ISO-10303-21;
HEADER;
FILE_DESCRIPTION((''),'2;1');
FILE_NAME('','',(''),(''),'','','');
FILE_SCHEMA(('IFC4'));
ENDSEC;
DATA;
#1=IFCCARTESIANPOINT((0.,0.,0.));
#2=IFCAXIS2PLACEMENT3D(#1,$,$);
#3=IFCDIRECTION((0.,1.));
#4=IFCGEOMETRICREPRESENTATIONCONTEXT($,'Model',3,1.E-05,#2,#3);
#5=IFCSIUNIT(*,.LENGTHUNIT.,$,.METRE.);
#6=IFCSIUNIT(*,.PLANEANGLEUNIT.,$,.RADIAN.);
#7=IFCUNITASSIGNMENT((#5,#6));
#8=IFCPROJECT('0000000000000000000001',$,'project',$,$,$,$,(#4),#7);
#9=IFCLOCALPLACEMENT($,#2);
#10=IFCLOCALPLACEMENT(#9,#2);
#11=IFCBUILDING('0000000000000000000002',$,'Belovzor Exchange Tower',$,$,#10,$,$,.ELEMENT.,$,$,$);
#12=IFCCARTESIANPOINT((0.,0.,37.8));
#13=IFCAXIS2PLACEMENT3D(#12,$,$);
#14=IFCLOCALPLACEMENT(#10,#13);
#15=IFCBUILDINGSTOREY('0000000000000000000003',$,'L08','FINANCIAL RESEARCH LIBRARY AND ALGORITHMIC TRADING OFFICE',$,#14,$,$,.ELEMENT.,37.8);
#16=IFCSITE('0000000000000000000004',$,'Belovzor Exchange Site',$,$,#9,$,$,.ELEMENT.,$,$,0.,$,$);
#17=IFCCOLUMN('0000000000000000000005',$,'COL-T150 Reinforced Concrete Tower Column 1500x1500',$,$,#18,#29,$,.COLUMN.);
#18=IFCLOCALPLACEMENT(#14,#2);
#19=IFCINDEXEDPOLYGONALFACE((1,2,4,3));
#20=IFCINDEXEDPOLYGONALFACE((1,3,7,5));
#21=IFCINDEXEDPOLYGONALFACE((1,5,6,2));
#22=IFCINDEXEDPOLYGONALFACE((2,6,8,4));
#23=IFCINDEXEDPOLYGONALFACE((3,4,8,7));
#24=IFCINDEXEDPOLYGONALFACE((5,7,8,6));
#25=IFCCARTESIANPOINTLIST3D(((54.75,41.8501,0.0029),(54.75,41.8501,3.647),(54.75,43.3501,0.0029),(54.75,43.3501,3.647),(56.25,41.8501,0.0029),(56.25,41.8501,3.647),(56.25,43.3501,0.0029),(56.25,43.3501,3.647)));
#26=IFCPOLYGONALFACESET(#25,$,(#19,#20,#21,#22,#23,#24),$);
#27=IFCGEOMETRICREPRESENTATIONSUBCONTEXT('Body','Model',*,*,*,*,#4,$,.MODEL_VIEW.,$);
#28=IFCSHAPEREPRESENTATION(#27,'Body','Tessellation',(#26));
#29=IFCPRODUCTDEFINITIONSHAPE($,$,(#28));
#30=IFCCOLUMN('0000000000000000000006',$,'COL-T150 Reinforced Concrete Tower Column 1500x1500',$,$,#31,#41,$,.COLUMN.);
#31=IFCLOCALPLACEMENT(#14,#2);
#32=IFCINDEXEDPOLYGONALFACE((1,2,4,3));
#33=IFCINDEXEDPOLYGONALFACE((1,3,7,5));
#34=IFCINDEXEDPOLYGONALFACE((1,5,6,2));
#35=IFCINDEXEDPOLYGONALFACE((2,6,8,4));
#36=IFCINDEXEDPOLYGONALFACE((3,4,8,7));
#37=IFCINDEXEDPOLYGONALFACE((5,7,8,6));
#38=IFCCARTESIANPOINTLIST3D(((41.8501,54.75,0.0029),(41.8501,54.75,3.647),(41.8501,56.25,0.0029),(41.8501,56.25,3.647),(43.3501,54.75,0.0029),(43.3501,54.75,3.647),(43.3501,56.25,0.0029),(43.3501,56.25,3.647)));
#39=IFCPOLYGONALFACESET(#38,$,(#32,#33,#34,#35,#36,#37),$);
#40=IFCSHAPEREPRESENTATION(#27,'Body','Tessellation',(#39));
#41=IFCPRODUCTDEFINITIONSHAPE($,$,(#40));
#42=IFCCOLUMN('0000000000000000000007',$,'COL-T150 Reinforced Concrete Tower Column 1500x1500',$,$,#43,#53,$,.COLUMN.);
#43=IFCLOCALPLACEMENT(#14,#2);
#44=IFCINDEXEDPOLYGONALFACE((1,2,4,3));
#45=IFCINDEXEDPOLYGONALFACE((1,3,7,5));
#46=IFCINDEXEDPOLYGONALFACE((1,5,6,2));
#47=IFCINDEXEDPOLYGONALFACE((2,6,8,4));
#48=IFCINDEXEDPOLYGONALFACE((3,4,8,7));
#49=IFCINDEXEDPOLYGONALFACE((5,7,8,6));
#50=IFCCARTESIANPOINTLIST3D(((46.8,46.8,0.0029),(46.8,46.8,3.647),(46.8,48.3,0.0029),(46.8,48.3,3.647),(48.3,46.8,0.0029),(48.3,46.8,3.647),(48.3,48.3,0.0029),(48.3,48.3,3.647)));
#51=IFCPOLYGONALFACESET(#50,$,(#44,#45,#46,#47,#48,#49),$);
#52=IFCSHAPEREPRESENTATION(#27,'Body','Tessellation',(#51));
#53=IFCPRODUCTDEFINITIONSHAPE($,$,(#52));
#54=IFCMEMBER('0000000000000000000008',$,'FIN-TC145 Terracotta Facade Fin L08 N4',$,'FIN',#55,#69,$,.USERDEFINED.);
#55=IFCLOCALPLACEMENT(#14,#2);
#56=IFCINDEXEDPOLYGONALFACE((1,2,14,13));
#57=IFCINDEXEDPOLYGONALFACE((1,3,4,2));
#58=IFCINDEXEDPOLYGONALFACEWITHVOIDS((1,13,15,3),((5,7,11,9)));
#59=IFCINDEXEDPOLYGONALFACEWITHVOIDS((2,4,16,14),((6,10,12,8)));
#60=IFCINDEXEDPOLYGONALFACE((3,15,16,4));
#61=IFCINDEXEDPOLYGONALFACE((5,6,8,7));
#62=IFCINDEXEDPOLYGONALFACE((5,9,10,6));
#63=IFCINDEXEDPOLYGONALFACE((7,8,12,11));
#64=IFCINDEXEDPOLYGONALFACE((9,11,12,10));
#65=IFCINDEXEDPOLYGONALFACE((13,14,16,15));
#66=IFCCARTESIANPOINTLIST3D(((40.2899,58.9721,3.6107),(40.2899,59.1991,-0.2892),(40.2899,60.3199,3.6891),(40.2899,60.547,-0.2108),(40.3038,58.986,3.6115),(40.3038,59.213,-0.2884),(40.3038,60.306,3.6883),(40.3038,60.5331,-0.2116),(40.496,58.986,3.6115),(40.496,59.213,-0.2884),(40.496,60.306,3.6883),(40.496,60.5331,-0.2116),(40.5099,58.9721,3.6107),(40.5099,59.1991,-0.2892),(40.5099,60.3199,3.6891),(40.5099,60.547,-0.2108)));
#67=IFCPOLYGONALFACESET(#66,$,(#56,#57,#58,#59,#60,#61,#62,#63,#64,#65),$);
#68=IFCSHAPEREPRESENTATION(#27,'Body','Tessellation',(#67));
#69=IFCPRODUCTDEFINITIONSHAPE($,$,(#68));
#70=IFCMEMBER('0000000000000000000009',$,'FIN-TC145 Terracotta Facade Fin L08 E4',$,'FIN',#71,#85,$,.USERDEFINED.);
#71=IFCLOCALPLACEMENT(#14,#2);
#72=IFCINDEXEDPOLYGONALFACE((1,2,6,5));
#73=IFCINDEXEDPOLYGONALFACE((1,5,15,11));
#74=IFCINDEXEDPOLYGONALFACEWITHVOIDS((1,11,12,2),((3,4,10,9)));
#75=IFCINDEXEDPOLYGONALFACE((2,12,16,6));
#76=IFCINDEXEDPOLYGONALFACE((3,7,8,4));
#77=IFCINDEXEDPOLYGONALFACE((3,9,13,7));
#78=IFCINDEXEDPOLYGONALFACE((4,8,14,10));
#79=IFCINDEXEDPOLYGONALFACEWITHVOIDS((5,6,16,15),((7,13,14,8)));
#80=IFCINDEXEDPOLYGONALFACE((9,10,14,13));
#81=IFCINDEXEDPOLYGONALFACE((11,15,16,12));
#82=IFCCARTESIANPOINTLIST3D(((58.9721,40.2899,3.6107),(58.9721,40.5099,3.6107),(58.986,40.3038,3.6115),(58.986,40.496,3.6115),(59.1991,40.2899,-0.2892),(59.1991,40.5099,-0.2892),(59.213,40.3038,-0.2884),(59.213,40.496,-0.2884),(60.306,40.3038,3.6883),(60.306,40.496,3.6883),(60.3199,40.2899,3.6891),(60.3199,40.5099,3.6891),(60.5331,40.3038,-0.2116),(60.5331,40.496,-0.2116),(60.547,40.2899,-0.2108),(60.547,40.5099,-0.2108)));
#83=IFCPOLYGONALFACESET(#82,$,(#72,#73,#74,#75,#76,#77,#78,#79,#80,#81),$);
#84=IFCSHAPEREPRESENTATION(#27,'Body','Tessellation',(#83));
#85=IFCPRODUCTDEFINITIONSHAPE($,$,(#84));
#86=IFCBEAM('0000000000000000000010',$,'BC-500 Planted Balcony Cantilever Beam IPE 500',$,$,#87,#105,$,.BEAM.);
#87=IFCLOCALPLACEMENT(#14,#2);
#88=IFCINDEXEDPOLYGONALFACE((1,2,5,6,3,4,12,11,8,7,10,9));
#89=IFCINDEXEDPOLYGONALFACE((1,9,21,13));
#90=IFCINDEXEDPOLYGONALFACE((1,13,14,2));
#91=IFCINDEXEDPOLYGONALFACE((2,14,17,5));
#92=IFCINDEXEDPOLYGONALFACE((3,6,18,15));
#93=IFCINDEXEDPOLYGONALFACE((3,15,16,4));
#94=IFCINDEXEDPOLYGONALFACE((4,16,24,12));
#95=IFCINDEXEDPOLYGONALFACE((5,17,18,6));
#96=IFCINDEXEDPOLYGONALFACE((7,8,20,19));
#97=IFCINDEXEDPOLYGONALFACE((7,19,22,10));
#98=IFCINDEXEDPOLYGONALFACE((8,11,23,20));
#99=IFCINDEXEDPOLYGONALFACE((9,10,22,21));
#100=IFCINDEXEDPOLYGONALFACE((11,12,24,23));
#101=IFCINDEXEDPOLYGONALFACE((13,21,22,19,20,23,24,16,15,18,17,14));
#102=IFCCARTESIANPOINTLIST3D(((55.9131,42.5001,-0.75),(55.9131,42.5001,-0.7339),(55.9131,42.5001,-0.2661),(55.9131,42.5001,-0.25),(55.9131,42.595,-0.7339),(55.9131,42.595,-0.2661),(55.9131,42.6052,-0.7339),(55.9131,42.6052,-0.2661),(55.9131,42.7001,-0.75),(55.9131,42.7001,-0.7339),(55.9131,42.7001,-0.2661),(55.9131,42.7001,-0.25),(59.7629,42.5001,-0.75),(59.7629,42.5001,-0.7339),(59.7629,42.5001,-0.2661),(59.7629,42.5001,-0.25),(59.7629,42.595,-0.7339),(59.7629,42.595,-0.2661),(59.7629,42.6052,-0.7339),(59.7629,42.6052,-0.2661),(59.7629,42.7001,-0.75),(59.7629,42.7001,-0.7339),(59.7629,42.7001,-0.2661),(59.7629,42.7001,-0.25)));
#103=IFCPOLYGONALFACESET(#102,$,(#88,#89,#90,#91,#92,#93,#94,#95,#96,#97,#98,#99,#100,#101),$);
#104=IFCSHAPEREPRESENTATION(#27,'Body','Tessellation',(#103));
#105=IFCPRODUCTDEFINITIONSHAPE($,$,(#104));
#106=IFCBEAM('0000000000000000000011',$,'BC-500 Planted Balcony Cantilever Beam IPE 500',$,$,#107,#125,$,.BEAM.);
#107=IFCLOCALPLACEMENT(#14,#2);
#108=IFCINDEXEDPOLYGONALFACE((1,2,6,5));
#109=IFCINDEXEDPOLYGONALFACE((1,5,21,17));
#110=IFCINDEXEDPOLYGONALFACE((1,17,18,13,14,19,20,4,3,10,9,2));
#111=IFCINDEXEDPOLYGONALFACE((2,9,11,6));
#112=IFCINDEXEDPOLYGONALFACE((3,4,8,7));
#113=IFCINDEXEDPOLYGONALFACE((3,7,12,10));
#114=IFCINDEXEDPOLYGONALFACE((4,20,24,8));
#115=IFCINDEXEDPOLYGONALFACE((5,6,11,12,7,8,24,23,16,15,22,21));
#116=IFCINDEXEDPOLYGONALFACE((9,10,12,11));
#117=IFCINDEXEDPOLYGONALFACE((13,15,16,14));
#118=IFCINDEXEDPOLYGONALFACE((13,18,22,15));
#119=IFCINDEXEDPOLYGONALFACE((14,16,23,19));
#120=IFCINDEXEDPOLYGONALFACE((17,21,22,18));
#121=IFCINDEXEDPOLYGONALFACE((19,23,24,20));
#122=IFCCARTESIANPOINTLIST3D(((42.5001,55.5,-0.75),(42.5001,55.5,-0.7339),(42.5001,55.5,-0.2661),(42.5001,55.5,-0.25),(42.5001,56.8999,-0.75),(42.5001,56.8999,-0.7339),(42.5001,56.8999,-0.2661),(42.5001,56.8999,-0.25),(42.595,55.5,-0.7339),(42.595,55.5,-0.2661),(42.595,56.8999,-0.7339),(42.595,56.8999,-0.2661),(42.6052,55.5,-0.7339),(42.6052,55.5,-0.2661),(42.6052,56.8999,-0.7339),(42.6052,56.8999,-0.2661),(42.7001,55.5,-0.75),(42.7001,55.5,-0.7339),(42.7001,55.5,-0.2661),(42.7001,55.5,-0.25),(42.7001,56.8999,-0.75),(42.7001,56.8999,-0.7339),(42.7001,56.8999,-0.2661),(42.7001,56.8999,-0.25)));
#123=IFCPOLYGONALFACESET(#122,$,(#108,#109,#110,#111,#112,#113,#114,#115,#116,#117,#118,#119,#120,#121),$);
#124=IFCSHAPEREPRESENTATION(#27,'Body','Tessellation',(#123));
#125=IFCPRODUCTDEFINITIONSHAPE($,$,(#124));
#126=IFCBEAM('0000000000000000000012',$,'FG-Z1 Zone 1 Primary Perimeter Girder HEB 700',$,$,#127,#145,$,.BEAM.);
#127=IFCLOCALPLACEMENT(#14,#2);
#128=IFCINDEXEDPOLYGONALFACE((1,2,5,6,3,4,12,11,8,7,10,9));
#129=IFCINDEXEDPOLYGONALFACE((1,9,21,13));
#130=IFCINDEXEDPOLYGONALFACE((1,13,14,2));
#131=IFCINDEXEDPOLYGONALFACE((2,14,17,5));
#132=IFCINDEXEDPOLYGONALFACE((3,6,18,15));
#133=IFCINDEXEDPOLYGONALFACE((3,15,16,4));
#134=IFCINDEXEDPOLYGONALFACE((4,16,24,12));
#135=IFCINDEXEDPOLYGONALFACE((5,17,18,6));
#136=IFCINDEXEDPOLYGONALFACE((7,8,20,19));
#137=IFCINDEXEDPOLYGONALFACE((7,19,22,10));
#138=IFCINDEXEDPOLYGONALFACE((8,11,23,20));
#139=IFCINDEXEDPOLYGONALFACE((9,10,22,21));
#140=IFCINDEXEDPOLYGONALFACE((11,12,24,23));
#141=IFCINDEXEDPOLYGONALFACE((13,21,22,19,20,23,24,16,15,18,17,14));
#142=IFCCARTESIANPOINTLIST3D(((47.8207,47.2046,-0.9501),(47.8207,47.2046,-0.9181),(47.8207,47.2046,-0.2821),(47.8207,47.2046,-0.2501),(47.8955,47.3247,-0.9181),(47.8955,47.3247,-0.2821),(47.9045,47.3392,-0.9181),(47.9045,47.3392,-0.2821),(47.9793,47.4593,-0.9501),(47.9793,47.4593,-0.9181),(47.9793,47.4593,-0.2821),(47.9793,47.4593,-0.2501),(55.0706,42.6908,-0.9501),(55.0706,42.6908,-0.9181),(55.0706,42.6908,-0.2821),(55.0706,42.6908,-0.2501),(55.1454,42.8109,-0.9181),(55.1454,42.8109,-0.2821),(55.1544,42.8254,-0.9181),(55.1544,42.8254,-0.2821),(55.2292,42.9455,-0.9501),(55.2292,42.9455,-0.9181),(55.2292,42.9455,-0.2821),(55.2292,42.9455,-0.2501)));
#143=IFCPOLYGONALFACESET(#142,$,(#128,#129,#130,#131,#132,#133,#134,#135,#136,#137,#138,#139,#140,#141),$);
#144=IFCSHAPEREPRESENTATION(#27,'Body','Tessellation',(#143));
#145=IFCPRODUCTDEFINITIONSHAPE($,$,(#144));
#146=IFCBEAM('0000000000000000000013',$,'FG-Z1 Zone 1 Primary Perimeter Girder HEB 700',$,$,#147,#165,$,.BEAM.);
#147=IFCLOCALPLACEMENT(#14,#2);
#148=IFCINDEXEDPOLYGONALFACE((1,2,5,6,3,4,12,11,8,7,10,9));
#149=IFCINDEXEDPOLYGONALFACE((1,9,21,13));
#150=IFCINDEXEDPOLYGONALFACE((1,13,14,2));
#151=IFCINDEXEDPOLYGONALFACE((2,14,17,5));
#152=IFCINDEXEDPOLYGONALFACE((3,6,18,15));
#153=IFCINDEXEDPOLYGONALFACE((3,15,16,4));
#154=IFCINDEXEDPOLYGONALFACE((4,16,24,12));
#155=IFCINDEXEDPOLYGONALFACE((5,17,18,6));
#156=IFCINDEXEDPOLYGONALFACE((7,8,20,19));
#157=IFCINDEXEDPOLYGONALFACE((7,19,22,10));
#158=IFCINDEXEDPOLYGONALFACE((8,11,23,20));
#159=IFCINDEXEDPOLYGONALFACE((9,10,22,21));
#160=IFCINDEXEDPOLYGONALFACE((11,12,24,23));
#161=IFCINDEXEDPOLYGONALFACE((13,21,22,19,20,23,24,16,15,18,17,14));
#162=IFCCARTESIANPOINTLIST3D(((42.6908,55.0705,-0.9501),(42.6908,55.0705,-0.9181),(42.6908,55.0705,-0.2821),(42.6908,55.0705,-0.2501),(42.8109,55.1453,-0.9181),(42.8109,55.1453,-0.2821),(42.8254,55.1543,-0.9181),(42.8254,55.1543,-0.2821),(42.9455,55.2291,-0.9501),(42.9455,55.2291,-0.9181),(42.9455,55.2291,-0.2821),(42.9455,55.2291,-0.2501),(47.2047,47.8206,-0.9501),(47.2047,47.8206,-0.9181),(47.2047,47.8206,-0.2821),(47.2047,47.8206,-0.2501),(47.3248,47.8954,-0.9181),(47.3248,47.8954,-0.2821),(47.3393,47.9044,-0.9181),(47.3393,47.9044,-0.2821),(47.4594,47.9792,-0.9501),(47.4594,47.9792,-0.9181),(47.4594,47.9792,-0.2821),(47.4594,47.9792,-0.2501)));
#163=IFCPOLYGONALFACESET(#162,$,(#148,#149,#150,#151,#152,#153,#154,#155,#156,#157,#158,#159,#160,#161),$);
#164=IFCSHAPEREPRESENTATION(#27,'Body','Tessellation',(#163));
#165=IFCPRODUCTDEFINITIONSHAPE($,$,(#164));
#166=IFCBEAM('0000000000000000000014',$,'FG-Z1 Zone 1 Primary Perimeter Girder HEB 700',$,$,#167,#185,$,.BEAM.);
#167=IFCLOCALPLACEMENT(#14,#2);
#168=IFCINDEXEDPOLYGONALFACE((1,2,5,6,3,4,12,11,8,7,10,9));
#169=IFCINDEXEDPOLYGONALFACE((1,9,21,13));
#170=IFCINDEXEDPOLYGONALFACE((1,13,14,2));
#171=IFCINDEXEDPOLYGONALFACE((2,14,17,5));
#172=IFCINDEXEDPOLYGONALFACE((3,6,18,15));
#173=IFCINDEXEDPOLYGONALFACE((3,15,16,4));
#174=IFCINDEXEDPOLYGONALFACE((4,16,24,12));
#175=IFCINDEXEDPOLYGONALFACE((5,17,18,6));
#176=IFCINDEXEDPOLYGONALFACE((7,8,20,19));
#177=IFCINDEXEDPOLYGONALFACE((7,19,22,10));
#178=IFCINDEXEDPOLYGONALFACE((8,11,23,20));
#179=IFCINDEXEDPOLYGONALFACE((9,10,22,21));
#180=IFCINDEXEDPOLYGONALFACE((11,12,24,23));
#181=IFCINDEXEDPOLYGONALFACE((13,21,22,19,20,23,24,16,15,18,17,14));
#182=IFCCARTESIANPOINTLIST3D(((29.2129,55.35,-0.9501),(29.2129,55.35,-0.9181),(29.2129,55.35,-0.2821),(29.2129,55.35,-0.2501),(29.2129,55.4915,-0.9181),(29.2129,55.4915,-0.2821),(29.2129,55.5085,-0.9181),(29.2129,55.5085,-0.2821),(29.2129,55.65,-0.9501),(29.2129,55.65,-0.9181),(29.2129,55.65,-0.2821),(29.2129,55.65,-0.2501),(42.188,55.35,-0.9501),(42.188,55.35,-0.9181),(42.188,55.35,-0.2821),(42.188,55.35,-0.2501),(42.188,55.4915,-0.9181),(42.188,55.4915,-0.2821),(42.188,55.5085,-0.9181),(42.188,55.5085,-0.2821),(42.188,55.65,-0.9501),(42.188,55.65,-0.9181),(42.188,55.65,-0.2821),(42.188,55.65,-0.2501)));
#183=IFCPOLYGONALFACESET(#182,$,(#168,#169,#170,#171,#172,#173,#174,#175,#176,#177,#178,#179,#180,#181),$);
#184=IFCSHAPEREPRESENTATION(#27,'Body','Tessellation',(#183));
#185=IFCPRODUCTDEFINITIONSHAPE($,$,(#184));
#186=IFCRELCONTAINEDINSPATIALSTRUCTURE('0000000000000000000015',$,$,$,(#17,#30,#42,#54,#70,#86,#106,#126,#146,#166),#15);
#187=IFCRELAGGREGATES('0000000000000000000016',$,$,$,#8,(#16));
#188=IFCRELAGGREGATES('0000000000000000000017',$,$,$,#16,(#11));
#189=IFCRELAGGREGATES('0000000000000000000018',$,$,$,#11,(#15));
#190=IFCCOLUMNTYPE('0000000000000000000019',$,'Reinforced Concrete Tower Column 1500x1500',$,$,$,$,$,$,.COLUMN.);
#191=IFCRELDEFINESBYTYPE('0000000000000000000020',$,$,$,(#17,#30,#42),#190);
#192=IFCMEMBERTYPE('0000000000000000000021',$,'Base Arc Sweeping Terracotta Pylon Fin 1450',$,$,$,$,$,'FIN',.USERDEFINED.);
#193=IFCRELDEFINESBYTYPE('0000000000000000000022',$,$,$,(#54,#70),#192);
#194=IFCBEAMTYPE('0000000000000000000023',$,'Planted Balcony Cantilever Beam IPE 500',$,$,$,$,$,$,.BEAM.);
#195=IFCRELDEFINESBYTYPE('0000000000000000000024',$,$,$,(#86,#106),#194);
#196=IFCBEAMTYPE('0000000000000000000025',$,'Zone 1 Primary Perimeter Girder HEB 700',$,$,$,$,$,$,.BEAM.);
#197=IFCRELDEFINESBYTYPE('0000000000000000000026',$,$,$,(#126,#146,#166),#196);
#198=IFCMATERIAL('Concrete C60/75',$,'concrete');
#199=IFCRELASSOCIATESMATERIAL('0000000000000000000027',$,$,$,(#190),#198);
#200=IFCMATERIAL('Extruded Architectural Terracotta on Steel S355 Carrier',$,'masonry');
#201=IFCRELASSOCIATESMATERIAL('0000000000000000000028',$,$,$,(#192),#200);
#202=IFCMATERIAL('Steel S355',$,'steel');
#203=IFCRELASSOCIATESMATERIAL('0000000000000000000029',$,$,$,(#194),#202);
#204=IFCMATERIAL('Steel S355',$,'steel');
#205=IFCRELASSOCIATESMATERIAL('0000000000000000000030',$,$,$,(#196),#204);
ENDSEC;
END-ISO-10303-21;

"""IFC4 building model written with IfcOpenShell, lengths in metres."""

from ifc_helpers import new_model, si_unit, direction, frame, origin, origin_2d, place, context, subcontext, project, spatial, rectangle, hollow_rectangle, i_section, extrude, material, material_profile, profile_set, type_object, element, save


model = new_model("IFC4")

# Units and contexts
model_context = context("Model", 3, precision=1e-05, world=origin(), true_north=direction((0.0, 1.0)))
body_context = subcontext(model_context, "Body", "Model", "MODEL_VIEW")
ifc_project = project(units=[si_unit("LENGTHUNIT", "METRE"), si_unit("PLANEANGLEUNIT", "RADIAN")], contexts=[model_context])

# Site, building, storey
site_placement = place(None, origin())
site = spatial("IfcSite", under=ifc_project, at=site_placement, Name="Belovzor Exchange Site", CompositionType="ELEMENT", RefElevation=0.0)
building_placement = place(site_placement, origin())
building = spatial("IfcBuilding", under=site, at=building_placement, Name="Belovzor Exchange Tower", CompositionType="ELEMENT")
storey_placement = place(building_placement, frame((0.0, 0.0, 37.8)))
storey = spatial("IfcBuildingStorey", under=building, at=storey_placement, Name="L08", Description="FINANCIAL RESEARCH LIBRARY AND ALGORITHMIC TRADING OFFICE", CompositionType="ELEMENT", Elevation=37.8)

# Columns
ifc_material_1 = material(Name="Concrete C60/75", Category="concrete")
ifc_material_profile_1 = material_profile(ifc_material_1, rectangle(XDim=1.5, YDim=1.5, at=origin_2d()))
ifc_profile_set_1 = profile_set([ifc_material_profile_1], Name="Concrete C60/75")
column_type = type_object("IfcColumnType", Name="Reinforced Concrete Tower Column 1500x1500", PredefinedType="COLUMN", material=ifc_profile_set_1)
for number, where, z_axis, x_axis, name in (
    (1, (55.5, 42.6001, 0.0029), (0.0, 0.0, 1.0), (1.0, 0.0, 0.0), "COL-T150 Reinforced Concrete Tower Column 1500x1500"),
    (2, (42.6001, 55.5, 0.0029), (0.0, 0.0, 1.0), (1.0, 0.0, 0.0), "COL-T150 Reinforced Concrete Tower Column 1500x1500"),
    (3, (47.55, 47.55, 0.0029), (0.0, 0.0, 1.0), (1.0, 0.0, 0.0), "COL-T150 Reinforced Concrete Tower Column 1500x1500"),
):
    element("IfcColumn", number, at=place(storey_placement, frame(where, z_axis=z_axis, x_axis=x_axis)), inside=storey, type_object=column_type, Name=name, PredefinedType="COLUMN", context=body_context, shape_type="SweptSolid", body=[
        extrude(rectangle(XDim=1.5, YDim=1.5, at=origin_2d()), origin(), (0.0, 0.0, 1.0), 3.644),
    ])

# Members
ifc_material_2 = material(Name="Extruded Architectural Terracotta on Steel S355 Carrier", Category="masonry")
ifc_material_profile_2 = material_profile(ifc_material_2, hollow_rectangle(XDim=0.22, YDim=1.3501, WallThickness=0.0139, at=origin_2d()))
ifc_profile_set_2 = profile_set([ifc_material_profile_2], Name="Extruded Architectural Terracotta on Steel S355 Carrier")
member_type = type_object("IfcMemberType", Name="Base Arc Sweeping Terracotta Pylon Fin 1450", ElementType="FIN", PredefinedType="USERDEFINED", material=ifc_profile_set_2)
for number, where, z_axis, x_axis, name in (
    (4, (40.3999, 59.873, -0.25), (0.0, -0.058121, 0.99831), (1.0, 0.0, 0.0), "FIN-TC145 Terracotta Facade Fin L08 N4"),
    (5, (59.873, 40.3999, -0.25), (-0.058121, 0.0, 0.99831), (0.0, -1.0, 0.0), "FIN-TC145 Terracotta Facade Fin L08 E4"),
):
    element("IfcMember", number, at=place(storey_placement, frame(where, z_axis=z_axis, x_axis=x_axis)), inside=storey, type_object=member_type, Name=name, ObjectType="FIN", PredefinedType="USERDEFINED", context=body_context, shape_type="SweptSolid", body=[
        extrude(hollow_rectangle(XDim=0.22, YDim=1.3501, WallThickness=0.0139, at=origin_2d()), origin(), (0.0, 0.0, 1.0), 3.9065),
    ])

# Beams
ifc_material_3 = material(Name="Steel S355", Category="steel")
ifc_material_profile_3 = material_profile(ifc_material_3, i_section(OverallWidth=0.2, OverallDepth=0.5, WebThickness=0.0103, FlangeThickness=0.0161, at=origin_2d()))
ifc_profile_set_3 = profile_set([ifc_material_profile_3], Name="Steel S355")
beam_type_1 = type_object("IfcBeamType", Name="Planted Balcony Cantilever Beam IPE 500", PredefinedType="BEAM", material=ifc_profile_set_3)
beam_1_placement = place(storey_placement, frame((55.9131, 42.6001, -0.5), z_axis=(1.0, 0.0, 0.0), x_axis=(0.0, 1.0, 0.0)))
element("IfcBeam", 6, at=beam_1_placement, inside=storey, type_object=beam_type_1, Name="BC-500 Planted Balcony Cantilever Beam IPE 500", PredefinedType="BEAM", context=body_context, shape_type="SweptSolid", body=[
    extrude(i_section(OverallWidth=0.2, OverallDepth=0.5, WebThickness=0.0103, FlangeThickness=0.0161, at=origin_2d()), origin(), (0.0, 0.0, 1.0), 3.8499),
])
beam_2_placement = place(storey_placement, frame((42.6001, 55.5, -0.5), z_axis=(0.0, 1.0, 0.0), x_axis=(-1.0, 0.0, 0.0)))
element("IfcBeam", 7, at=beam_2_placement, inside=storey, type_object=beam_type_1, Name="BC-500 Planted Balcony Cantilever Beam IPE 500", PredefinedType="BEAM", context=body_context, shape_type="SweptSolid", body=[
    extrude(i_section(OverallWidth=0.2, OverallDepth=0.5, WebThickness=0.0103, FlangeThickness=0.0161, at=origin_2d()), origin(), (0.0, 0.0, 1.0), 1.3999),
])
ifc_material_4 = material(Name="Steel S355", Category="steel")
ifc_material_profile_4 = material_profile(ifc_material_4, i_section(OverallWidth=0.3, OverallDepth=0.7, WebThickness=0.0171, FlangeThickness=0.032, at=origin_2d()))
ifc_profile_set_4 = profile_set([ifc_material_profile_4], Name="Steel S355")
beam_type_2 = type_object("IfcBeamType", Name="Zone 1 Primary Perimeter Girder HEB 700", PredefinedType="BEAM", material=ifc_profile_set_4)
for number, where, z_axis, x_axis, name in (
    (8, (55.1499, 42.8181, -0.6001), (-0.848909, 0.528539, 0.0), (-0.528539, -0.848909, 0.0), "FG-Z1 Zone 1 Primary Perimeter Girder HEB 700"),
    (9, (47.332, 47.8999, -0.6001), (-0.528539, 0.848909, 0.0), (-0.848909, -0.528539, 0.0), "FG-Z1 Zone 1 Primary Perimeter Girder HEB 700"),
):
    element("IfcBeam", number, at=place(storey_placement, frame(where, z_axis=z_axis, x_axis=x_axis)), inside=storey, type_object=beam_type_2, Name=name, PredefinedType="BEAM", context=body_context, shape_type="SweptSolid", body=[
        extrude(i_section(OverallWidth=0.3, OverallDepth=0.7, WebThickness=0.0171, FlangeThickness=0.032, at=origin_2d()), origin(), (0.0, 0.0, 1.0), 8.5403),
    ])
beam_3_placement = place(storey_placement, frame((42.188, 55.5, -0.6001), z_axis=(-1.0, 0.0, 0.0), x_axis=(0.0, -1.0, 0.0)))
element("IfcBeam", 10, at=beam_3_placement, inside=storey, type_object=beam_type_2, Name="FG-Z1 Zone 1 Primary Perimeter Girder HEB 700", PredefinedType="BEAM", context=body_context, shape_type="SweptSolid", body=[
    extrude(i_section(OverallWidth=0.3, OverallDepth=0.7, WebThickness=0.0171, FlangeThickness=0.032, at=origin_2d()), origin(), (0.0, 0.0, 1.0), 12.9751),
])

save(model, "model.ifc")
